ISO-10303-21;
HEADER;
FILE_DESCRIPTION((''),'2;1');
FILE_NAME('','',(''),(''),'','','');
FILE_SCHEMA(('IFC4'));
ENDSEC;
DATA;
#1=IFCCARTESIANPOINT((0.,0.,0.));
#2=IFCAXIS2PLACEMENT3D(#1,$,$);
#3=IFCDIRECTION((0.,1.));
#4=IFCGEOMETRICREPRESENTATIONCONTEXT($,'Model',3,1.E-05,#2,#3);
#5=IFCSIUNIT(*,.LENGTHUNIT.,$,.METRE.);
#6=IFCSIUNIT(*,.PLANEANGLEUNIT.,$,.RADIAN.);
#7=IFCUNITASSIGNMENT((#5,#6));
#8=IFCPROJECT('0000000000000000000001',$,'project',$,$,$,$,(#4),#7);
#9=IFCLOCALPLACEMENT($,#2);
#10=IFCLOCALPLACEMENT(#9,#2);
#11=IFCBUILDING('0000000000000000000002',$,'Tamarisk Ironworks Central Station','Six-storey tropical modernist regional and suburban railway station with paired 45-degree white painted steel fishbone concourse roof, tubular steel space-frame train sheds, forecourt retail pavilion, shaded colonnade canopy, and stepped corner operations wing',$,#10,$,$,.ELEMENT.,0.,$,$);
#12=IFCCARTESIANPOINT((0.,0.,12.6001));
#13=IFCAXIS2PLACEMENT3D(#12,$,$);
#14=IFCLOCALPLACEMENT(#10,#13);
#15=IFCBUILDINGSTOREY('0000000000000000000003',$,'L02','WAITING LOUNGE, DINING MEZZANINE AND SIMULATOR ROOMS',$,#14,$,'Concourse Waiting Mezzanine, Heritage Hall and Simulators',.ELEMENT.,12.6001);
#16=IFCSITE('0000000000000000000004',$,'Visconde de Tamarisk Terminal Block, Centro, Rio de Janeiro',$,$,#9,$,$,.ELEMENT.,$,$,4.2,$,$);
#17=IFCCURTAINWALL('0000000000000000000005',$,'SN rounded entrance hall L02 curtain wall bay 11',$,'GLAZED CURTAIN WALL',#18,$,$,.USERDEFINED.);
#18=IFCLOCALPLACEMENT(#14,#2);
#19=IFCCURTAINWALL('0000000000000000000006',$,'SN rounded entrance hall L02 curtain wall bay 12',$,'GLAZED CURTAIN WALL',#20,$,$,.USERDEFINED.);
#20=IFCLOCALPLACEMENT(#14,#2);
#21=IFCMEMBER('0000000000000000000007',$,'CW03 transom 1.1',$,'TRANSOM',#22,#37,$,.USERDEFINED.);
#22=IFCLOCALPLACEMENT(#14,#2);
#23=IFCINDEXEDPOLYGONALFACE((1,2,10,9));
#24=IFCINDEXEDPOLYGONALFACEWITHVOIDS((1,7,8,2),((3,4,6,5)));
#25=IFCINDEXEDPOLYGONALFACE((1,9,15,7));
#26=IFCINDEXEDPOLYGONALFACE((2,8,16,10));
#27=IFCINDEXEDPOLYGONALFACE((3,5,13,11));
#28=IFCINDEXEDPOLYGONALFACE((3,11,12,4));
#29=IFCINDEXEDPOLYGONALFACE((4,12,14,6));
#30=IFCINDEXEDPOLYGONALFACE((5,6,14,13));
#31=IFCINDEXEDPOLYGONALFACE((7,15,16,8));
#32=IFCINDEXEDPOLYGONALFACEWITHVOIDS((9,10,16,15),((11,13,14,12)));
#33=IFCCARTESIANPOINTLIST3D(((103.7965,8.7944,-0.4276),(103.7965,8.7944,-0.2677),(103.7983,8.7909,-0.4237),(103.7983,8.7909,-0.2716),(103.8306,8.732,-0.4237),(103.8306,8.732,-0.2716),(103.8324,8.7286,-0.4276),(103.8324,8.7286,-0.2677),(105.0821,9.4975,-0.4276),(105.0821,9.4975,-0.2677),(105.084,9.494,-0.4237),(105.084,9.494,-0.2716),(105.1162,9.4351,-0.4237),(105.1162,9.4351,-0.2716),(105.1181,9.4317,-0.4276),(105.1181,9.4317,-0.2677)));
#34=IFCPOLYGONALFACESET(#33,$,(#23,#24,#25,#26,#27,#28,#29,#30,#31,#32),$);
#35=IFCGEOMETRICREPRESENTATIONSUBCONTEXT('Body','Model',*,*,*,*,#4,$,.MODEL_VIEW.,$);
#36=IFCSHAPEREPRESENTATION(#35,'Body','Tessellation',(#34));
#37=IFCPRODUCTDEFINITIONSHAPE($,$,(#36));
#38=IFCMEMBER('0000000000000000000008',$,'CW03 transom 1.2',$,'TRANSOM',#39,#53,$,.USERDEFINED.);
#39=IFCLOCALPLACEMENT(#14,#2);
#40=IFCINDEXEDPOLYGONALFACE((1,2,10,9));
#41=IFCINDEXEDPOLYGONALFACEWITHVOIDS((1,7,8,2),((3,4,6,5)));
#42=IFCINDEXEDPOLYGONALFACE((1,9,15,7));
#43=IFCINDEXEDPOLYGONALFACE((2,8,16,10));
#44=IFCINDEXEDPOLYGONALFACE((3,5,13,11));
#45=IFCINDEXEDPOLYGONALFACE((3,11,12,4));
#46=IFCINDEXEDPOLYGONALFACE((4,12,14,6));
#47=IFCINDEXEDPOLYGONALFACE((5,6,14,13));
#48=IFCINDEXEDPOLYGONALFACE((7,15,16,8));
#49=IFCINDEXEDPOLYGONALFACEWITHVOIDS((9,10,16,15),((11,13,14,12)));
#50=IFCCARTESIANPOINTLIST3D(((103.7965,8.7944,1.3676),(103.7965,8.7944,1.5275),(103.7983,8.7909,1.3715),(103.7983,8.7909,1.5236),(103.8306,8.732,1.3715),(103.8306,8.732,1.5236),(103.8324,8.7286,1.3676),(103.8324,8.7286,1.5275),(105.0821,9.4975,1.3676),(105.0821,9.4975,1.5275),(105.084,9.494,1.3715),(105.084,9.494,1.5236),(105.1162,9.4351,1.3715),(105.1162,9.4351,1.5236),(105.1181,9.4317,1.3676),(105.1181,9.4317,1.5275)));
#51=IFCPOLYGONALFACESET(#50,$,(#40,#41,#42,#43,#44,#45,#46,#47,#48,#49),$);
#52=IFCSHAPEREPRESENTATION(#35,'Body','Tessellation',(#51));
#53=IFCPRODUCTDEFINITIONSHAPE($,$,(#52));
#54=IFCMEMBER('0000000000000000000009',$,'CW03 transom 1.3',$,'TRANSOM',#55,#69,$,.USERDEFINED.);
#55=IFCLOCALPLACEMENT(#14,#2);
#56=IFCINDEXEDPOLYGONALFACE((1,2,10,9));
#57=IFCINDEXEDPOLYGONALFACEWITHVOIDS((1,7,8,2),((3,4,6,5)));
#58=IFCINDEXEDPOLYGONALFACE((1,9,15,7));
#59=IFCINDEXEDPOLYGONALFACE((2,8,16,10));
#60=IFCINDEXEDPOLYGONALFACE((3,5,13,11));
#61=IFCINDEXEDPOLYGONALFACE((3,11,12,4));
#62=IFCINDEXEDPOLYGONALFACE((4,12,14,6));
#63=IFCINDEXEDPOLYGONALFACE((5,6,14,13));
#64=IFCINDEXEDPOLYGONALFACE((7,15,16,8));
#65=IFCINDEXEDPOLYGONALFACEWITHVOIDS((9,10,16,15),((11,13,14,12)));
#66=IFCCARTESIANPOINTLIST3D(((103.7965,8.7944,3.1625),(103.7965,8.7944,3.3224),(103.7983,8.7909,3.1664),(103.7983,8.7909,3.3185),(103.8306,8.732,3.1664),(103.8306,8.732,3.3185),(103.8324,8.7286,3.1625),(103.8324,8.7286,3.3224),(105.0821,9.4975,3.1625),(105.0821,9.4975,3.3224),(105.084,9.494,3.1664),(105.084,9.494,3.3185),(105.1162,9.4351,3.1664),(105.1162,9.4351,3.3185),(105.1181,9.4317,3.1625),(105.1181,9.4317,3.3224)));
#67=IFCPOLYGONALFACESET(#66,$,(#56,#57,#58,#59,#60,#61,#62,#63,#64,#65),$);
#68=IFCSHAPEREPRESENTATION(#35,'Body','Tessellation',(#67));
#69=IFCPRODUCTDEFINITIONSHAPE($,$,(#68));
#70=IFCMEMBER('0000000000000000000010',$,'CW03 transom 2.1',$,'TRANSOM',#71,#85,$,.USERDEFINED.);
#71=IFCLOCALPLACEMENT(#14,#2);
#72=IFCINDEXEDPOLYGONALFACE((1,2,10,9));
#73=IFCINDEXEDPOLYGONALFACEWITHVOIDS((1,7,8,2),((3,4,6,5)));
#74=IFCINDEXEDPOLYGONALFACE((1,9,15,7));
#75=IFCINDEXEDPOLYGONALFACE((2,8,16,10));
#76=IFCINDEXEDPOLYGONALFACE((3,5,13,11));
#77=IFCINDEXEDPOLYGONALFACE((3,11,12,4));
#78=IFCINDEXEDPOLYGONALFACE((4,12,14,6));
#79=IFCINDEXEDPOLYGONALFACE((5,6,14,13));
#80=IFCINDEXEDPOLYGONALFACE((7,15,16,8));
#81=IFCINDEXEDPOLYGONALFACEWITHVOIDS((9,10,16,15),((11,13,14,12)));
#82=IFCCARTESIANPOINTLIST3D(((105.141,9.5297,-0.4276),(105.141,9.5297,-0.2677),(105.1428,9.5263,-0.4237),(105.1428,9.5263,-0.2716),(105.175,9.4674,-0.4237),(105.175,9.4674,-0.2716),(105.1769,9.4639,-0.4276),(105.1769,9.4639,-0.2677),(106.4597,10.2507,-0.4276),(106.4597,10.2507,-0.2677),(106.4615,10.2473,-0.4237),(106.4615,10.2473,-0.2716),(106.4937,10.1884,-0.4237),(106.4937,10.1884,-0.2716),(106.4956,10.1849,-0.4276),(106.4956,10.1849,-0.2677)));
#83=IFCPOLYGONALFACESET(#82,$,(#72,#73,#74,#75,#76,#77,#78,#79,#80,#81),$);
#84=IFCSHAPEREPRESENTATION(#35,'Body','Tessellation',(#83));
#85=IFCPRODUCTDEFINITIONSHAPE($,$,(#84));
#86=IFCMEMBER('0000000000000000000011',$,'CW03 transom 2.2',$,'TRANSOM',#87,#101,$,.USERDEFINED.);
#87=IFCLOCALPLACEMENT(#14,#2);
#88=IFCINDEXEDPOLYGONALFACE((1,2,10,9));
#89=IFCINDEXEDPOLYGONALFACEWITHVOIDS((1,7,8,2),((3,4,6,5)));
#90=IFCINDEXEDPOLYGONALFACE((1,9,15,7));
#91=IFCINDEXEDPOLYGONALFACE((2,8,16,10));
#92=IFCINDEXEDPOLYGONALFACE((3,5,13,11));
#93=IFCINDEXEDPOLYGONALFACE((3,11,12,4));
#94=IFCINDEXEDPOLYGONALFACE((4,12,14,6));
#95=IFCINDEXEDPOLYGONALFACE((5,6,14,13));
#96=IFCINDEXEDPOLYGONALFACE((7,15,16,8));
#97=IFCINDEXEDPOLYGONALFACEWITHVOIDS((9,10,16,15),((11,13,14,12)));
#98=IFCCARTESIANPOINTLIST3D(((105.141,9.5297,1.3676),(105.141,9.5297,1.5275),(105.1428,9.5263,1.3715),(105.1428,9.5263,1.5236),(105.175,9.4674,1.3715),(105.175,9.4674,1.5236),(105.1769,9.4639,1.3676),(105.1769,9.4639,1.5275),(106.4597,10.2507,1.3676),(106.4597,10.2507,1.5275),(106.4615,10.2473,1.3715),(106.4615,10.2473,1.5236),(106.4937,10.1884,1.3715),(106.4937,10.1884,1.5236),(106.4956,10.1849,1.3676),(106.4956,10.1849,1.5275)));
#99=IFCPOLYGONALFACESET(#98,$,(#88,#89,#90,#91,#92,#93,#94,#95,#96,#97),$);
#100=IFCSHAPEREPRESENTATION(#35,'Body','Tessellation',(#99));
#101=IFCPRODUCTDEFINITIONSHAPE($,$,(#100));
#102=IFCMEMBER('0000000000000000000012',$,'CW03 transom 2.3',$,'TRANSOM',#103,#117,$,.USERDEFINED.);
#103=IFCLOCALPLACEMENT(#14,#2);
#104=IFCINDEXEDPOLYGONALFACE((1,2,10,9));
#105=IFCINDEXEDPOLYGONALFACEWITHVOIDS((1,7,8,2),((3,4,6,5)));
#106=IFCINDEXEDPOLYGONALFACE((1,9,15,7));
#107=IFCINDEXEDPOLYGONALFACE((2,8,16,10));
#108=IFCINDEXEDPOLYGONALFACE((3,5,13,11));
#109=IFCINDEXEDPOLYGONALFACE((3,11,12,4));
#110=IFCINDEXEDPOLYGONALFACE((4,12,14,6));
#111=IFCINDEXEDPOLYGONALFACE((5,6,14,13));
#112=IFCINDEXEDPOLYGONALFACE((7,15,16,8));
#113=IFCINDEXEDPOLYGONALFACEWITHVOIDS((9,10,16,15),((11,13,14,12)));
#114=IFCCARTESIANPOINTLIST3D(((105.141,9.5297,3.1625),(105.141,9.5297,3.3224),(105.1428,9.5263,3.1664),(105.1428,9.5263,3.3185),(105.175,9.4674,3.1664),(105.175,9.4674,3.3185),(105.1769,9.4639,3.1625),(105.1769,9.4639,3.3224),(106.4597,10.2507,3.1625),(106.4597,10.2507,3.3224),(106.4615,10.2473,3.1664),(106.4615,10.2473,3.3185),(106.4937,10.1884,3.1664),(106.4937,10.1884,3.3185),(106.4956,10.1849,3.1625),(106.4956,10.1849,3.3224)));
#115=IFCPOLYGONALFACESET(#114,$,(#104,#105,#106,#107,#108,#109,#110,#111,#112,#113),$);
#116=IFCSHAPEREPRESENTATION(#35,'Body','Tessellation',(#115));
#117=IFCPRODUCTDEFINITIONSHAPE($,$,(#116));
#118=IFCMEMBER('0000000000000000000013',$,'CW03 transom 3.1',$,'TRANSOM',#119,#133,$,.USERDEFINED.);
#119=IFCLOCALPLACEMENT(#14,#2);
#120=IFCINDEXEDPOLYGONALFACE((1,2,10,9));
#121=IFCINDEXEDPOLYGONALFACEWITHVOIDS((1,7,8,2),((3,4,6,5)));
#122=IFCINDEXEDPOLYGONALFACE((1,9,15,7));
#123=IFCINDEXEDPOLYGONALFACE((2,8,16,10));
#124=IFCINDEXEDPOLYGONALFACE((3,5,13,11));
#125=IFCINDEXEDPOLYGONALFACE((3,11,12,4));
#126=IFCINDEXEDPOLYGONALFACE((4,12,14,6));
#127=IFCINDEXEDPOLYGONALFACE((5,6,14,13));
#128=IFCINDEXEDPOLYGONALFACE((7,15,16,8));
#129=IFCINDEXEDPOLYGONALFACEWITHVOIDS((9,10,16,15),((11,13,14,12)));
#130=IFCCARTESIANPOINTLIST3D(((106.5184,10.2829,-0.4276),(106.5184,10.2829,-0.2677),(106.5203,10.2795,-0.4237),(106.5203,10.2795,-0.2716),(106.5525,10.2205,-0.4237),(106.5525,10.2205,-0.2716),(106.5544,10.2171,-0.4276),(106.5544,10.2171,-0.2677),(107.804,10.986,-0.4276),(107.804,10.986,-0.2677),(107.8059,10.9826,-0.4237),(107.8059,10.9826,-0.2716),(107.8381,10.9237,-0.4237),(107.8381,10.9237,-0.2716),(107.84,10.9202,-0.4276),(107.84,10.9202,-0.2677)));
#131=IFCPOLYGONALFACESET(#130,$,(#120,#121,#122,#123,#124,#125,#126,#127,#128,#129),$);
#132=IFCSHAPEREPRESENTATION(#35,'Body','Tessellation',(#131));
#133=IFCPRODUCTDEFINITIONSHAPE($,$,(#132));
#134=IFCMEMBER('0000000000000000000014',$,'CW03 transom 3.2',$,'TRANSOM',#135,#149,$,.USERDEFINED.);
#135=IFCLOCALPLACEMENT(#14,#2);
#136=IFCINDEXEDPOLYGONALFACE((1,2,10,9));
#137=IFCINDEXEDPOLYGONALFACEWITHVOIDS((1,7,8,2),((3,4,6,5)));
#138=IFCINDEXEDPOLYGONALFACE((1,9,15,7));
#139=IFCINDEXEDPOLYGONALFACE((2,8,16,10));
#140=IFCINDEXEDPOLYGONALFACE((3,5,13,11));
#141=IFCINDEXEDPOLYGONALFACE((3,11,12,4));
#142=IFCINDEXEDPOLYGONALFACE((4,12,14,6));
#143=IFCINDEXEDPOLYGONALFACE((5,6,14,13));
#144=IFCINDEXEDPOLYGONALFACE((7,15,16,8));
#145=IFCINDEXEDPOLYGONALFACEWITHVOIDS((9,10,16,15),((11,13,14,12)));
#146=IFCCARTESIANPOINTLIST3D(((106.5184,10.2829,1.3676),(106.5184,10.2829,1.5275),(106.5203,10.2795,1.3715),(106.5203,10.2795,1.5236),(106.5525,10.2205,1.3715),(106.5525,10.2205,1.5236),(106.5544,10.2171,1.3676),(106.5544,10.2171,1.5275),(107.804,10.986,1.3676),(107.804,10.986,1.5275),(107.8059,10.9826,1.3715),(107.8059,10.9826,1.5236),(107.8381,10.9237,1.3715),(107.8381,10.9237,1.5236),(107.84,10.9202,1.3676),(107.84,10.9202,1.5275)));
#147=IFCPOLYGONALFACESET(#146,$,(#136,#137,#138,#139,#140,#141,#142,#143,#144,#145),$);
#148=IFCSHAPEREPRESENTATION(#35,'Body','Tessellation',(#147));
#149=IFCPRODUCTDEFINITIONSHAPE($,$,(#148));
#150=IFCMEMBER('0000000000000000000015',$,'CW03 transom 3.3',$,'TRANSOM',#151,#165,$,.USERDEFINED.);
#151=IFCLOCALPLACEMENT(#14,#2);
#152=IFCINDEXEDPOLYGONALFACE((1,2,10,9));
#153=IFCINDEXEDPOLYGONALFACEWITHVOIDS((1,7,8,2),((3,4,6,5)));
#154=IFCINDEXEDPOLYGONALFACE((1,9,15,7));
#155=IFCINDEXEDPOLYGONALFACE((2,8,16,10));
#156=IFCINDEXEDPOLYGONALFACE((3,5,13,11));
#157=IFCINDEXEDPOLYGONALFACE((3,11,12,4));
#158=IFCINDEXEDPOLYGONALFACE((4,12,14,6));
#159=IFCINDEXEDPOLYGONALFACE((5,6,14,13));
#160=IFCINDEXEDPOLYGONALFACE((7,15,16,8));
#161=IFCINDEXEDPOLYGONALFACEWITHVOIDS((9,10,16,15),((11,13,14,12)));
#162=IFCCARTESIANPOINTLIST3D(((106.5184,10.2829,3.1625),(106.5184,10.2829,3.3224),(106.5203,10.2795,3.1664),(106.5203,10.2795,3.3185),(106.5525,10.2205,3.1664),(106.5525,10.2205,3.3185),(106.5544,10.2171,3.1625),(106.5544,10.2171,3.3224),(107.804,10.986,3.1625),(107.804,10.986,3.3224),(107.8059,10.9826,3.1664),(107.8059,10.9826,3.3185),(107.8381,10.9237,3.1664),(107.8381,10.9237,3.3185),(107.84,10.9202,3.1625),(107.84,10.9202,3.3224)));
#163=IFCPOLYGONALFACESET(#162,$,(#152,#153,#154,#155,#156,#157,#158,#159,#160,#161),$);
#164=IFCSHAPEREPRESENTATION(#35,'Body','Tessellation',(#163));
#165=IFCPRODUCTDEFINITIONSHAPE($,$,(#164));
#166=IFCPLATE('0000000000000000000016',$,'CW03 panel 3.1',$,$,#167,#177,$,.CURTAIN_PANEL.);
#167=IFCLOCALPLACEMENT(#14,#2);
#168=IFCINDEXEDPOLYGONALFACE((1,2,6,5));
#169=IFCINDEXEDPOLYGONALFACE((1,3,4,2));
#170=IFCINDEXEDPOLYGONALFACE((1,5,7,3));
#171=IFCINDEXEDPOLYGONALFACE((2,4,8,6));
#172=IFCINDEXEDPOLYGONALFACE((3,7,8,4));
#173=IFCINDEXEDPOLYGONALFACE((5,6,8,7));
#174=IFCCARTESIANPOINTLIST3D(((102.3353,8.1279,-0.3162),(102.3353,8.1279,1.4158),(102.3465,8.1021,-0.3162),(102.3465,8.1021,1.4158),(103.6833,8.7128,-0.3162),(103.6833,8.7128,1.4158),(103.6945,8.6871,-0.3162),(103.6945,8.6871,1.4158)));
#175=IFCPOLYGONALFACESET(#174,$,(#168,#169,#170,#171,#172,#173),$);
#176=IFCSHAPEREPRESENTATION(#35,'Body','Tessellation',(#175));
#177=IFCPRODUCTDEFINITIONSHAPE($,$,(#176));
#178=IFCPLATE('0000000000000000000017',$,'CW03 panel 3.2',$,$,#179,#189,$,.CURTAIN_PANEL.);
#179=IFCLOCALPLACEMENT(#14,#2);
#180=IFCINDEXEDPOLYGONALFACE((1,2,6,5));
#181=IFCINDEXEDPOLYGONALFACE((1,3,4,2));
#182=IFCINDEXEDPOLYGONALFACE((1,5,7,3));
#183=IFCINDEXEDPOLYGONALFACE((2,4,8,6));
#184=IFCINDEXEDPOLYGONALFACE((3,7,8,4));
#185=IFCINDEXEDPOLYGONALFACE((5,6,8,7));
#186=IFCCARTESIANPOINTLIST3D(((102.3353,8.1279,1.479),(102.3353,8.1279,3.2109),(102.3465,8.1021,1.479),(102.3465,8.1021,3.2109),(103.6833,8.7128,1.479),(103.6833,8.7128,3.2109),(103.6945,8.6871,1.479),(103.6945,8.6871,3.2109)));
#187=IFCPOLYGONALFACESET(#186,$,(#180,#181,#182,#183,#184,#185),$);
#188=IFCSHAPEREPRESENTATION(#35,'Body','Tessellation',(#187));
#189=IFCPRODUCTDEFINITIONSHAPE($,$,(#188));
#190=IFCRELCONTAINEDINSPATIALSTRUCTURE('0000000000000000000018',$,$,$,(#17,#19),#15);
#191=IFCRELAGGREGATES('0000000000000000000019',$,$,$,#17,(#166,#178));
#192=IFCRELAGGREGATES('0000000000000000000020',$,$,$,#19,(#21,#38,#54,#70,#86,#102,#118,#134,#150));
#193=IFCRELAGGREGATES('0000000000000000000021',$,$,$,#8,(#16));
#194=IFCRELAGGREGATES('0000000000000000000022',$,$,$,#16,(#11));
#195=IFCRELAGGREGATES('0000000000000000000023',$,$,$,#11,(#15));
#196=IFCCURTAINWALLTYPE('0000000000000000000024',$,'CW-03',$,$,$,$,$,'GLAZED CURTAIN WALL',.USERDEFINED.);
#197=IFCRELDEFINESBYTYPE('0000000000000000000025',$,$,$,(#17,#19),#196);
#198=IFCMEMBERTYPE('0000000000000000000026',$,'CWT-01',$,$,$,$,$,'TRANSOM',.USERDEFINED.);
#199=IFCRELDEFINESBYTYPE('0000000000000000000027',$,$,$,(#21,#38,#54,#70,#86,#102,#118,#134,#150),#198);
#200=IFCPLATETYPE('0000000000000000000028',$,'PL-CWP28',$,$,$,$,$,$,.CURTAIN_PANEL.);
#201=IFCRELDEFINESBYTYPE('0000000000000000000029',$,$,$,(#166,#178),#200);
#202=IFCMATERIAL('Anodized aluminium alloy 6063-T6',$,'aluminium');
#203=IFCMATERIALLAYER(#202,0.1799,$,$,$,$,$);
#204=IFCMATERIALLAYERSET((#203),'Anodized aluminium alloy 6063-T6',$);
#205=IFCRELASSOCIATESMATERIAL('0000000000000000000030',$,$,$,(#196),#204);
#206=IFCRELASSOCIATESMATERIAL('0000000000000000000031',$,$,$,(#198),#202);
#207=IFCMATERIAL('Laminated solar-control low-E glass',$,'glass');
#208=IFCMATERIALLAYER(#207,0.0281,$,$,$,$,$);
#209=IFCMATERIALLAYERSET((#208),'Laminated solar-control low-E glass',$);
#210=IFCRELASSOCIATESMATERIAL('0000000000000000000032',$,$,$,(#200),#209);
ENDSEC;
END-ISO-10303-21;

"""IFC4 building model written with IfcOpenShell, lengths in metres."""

from ifc_helpers import new_model, si_unit, direction, frame, origin, origin_2d, place, context, subcontext, project, spatial, rectangle, hollow_rectangle, extrude, material, layer, layer_set, material_profile, profile_set, type_object, element, aggregate, save


model = new_model("IFC4")

# Units and contexts
model_context = context("Model", 3, precision=1e-05, world=origin(), true_north=direction((0.0, 1.0)))
body_context = subcontext(model_context, "Body", "Model", "MODEL_VIEW")
ifc_project = project(units=[si_unit("LENGTHUNIT", "METRE"), si_unit("PLANEANGLEUNIT", "RADIAN")], contexts=[model_context])

# Site, building, storey
site_placement = place(None, origin())
site = spatial("IfcSite", under=ifc_project, at=site_placement, Name="Visconde de Tamarisk Terminal Block, Centro, Rio de Janeiro", CompositionType="ELEMENT", RefElevation=4.2)
building_placement = place(site_placement, origin())
building = spatial("IfcBuilding", under=site, at=building_placement, Name="Tamarisk Ironworks Central Station", Description="Six-storey tropical modernist regional and suburban railway station with paired 45-degree white painted steel fishbone concourse roof, tubular steel space-frame train sheds, forecourt retail pavilion, shaded colonnade canopy, and stepped corner operations wing", CompositionType="ELEMENT", ElevationOfRefHeight=0.0)
storey_placement = place(building_placement, frame((0.0, 0.0, 12.6001)))
storey = spatial("IfcBuildingStorey", under=building, at=storey_placement, Name="L02", Description="WAITING LOUNGE, DINING MEZZANINE AND SIMULATOR ROOMS", LongName="Concourse Waiting Mezzanine, Heritage Hall and Simulators", CompositionType="ELEMENT", Elevation=12.6001)

# Curtain walls
ifc_material_1 = material(Name="Anodized aluminium alloy 6063-T6", Category="aluminium")
ifc_layer_1 = layer(ifc_material_1, 0.1799)
ifc_layer_set_1 = layer_set([ifc_layer_1], Name="Anodized aluminium alloy 6063-T6")
curtain_wall_type = type_object("IfcCurtainWallType", Name="CW-03", ElementType="GLAZED CURTAIN WALL", PredefinedType="USERDEFINED", material=ifc_layer_set_1)
curtain_wall_1_placement = place(storey_placement, origin())
curtain_wall_1 = element("IfcCurtainWall", 1, at=curtain_wall_1_placement, inside=storey, type_object=curtain_wall_type, Name="SN rounded entrance hall L02 curtain wall bay 11", ObjectType="GLAZED CURTAIN WALL", PredefinedType="USERDEFINED")
curtain_wall_2_placement = place(storey_placement, origin())
curtain_wall_2 = element("IfcCurtainWall", 2, at=curtain_wall_2_placement, inside=storey, type_object=curtain_wall_type, Name="SN rounded entrance hall L02 curtain wall bay 12", ObjectType="GLAZED CURTAIN WALL", PredefinedType="USERDEFINED")

# Members
ifc_material_profile_1 = material_profile(ifc_material_1, hollow_rectangle(XDim=0.075, YDim=0.1599, WallThickness=0.0039, at=origin_2d()), Name="ALUM 160x75")
ifc_profile_set_1 = profile_set([ifc_material_profile_1], Name="Anodized aluminium alloy 6063-T6")
member_type_1 = type_object("IfcMemberType", Name="CWT-01", ElementType="TRANSOM", PredefinedType="USERDEFINED", material=ifc_profile_set_1)
member_1_placement = place(storey_placement, frame((103.8145, 8.7615, -0.3477), z_axis=(0.87736, 0.479832, 0.0), x_axis=(-0.479832, 0.87736, 0.0)))
member_1 = element("IfcMember", 3, at=member_1_placement, type_object=member_type_1, Name="CW03 transom 1.1", ObjectType="TRANSOM", PredefinedType="USERDEFINED", context=body_context, shape_type="SweptSolid", body=[
    extrude(hollow_rectangle(XDim=0.075, YDim=0.1599, WallThickness=0.0039, at=origin_2d()), origin(), (0.0, 0.0, 1.0), 1.4653),
])
member_2_placement = place(storey_placement, frame((103.8145, 8.7615, 1.4475), z_axis=(0.87736, 0.479832, 0.0), x_axis=(-0.479832, 0.87736, 0.0)))
member_2 = element("IfcMember", 4, at=member_2_placement, type_object=member_type_1, Name="CW03 transom 1.2", ObjectType="TRANSOM", PredefinedType="USERDEFINED", context=body_context, shape_type="SweptSolid", body=[
    extrude(hollow_rectangle(XDim=0.075, YDim=0.1599, WallThickness=0.0039, at=origin_2d()), origin(), (0.0, 0.0, 1.0), 1.4653),
])
member_3_placement = place(storey_placement, frame((103.8145, 8.7615, 3.2424), z_axis=(0.87736, 0.479832, 0.0), x_axis=(-0.479832, 0.87736, 0.0)))
member_3 = element("IfcMember", 5, at=member_3_placement, type_object=member_type_1, Name="CW03 transom 1.3", ObjectType="TRANSOM", PredefinedType="USERDEFINED", context=body_context, shape_type="SweptSolid", body=[
    extrude(hollow_rectangle(XDim=0.075, YDim=0.1599, WallThickness=0.0039, at=origin_2d()), origin(), (0.0, 0.0, 1.0), 1.4653),
])
member_4_placement = place(storey_placement, frame((105.1589, 9.4968, -0.3477), z_axis=(0.877417, 0.479728, 0.0), x_axis=(-0.479728, 0.877417, 0.0)))
member_4 = element("IfcMember", 6, at=member_4_placement, type_object=member_type_1, Name="CW03 transom 2.1", ObjectType="TRANSOM", PredefinedType="USERDEFINED", context=body_context, shape_type="SweptSolid", body=[
    extrude(hollow_rectangle(XDim=0.075, YDim=0.1599, WallThickness=0.0039, at=origin_2d()), origin(), (0.0, 0.0, 1.0), 1.5029),
])
member_5_placement = place(storey_placement, frame((105.1589, 9.4968, 1.4475), z_axis=(0.877417, 0.479728, 0.0), x_axis=(-0.479728, 0.877417, 0.0)))
member_5 = element("IfcMember", 7, at=member_5_placement, type_object=member_type_1, Name="CW03 transom 2.2", ObjectType="TRANSOM", PredefinedType="USERDEFINED", context=body_context, shape_type="SweptSolid", body=[
    extrude(hollow_rectangle(XDim=0.075, YDim=0.1599, WallThickness=0.0039, at=origin_2d()), origin(), (0.0, 0.0, 1.0), 1.5029),
])
member_6_placement = place(storey_placement, frame((105.1589, 9.4968, 3.2424), z_axis=(0.877417, 0.479728, 0.0), x_axis=(-0.479728, 0.877417, 0.0)))
member_6 = element("IfcMember", 8, at=member_6_placement, type_object=member_type_1, Name="CW03 transom 2.3", ObjectType="TRANSOM", PredefinedType="USERDEFINED", context=body_context, shape_type="SweptSolid", body=[
    extrude(hollow_rectangle(XDim=0.075, YDim=0.1599, WallThickness=0.0039, at=origin_2d()), origin(), (0.0, 0.0, 1.0), 1.5029),
])
member_7_placement = place(storey_placement, frame((106.5364, 10.25, -0.3477), z_axis=(0.87736, 0.479832, 0.0), x_axis=(-0.479832, 0.87736, 0.0)))
member_7 = element("IfcMember", 9, at=member_7_placement, type_object=member_type_1, Name="CW03 transom 3.1", ObjectType="TRANSOM", PredefinedType="USERDEFINED", context=body_context, shape_type="SweptSolid", body=[
    extrude(hollow_rectangle(XDim=0.075, YDim=0.1599, WallThickness=0.0039, at=origin_2d()), origin(), (0.0, 0.0, 1.0), 1.4653),
])
member_8_placement = place(storey_placement, frame((106.5364, 10.25, 1.4475), z_axis=(0.87736, 0.479832, 0.0), x_axis=(-0.479832, 0.87736, 0.0)))
member_8 = element("IfcMember", 10, at=member_8_placement, type_object=member_type_1, Name="CW03 transom 3.2", ObjectType="TRANSOM", PredefinedType="USERDEFINED", context=body_context, shape_type="SweptSolid", body=[
    extrude(hollow_rectangle(XDim=0.075, YDim=0.1599, WallThickness=0.0039, at=origin_2d()), origin(), (0.0, 0.0, 1.0), 1.4653),
])
member_9_placement = place(storey_placement, frame((106.5364, 10.25, 3.2424), z_axis=(0.87736, 0.479832, 0.0), x_axis=(-0.479832, 0.87736, 0.0)))
member_9 = element("IfcMember", 11, at=member_9_placement, type_object=member_type_1, Name="CW03 transom 3.3", ObjectType="TRANSOM", PredefinedType="USERDEFINED", context=body_context, shape_type="SweptSolid", body=[
    extrude(hollow_rectangle(XDim=0.075, YDim=0.1599, WallThickness=0.0039, at=origin_2d()), origin(), (0.0, 0.0, 1.0), 1.4653),
])

# Plates
ifc_material_2 = material(Name="Laminated solar-control low-E glass", Category="glass")
ifc_layer_2 = layer(ifc_material_2, 0.0281)
ifc_layer_set_2 = layer_set([ifc_layer_2], Name="Laminated solar-control low-E glass")
plate_type = type_object("IfcPlateType", Name="PL-CWP28", PredefinedType="CURTAIN_PANEL", material=ifc_layer_set_2)
plate_1_placement = place(storey_placement, frame((103.0149, 8.4075, -0.3162), z_axis=(0.0, 0.0, 1.0), x_axis=(0.917352, 0.398077, 0.0)))
plate_1 = element("IfcPlate", 12, at=plate_1_placement, type_object=plate_type, Name="CW03 panel 3.1", PredefinedType="CURTAIN_PANEL", context=body_context, shape_type="SweptSolid", body=[
    extrude(rectangle(XDim=1.4695, YDim=0.0281, at=origin_2d()), origin(), (0.0, 0.0, 1.0), 1.7319),
])
plate_2_placement = place(storey_placement, frame((103.0149, 8.4075, 1.479), z_axis=(0.0, 0.0, 1.0), x_axis=(0.917352, 0.398077, 0.0)))
plate_2 = element("IfcPlate", 13, at=plate_2_placement, type_object=plate_type, Name="CW03 panel 3.2", PredefinedType="CURTAIN_PANEL", context=body_context, shape_type="SweptSolid", body=[
    extrude(rectangle(XDim=1.4695, YDim=0.0281, at=origin_2d()), origin(), (0.0, 0.0, 1.0), 1.7319),
])
aggregate(curtain_wall_1, [plate_1, plate_2])
aggregate(curtain_wall_2, [member_1, member_2, member_3, member_4, member_5, member_6, member_7, member_8, member_9])

save(model, "model.ifc")
